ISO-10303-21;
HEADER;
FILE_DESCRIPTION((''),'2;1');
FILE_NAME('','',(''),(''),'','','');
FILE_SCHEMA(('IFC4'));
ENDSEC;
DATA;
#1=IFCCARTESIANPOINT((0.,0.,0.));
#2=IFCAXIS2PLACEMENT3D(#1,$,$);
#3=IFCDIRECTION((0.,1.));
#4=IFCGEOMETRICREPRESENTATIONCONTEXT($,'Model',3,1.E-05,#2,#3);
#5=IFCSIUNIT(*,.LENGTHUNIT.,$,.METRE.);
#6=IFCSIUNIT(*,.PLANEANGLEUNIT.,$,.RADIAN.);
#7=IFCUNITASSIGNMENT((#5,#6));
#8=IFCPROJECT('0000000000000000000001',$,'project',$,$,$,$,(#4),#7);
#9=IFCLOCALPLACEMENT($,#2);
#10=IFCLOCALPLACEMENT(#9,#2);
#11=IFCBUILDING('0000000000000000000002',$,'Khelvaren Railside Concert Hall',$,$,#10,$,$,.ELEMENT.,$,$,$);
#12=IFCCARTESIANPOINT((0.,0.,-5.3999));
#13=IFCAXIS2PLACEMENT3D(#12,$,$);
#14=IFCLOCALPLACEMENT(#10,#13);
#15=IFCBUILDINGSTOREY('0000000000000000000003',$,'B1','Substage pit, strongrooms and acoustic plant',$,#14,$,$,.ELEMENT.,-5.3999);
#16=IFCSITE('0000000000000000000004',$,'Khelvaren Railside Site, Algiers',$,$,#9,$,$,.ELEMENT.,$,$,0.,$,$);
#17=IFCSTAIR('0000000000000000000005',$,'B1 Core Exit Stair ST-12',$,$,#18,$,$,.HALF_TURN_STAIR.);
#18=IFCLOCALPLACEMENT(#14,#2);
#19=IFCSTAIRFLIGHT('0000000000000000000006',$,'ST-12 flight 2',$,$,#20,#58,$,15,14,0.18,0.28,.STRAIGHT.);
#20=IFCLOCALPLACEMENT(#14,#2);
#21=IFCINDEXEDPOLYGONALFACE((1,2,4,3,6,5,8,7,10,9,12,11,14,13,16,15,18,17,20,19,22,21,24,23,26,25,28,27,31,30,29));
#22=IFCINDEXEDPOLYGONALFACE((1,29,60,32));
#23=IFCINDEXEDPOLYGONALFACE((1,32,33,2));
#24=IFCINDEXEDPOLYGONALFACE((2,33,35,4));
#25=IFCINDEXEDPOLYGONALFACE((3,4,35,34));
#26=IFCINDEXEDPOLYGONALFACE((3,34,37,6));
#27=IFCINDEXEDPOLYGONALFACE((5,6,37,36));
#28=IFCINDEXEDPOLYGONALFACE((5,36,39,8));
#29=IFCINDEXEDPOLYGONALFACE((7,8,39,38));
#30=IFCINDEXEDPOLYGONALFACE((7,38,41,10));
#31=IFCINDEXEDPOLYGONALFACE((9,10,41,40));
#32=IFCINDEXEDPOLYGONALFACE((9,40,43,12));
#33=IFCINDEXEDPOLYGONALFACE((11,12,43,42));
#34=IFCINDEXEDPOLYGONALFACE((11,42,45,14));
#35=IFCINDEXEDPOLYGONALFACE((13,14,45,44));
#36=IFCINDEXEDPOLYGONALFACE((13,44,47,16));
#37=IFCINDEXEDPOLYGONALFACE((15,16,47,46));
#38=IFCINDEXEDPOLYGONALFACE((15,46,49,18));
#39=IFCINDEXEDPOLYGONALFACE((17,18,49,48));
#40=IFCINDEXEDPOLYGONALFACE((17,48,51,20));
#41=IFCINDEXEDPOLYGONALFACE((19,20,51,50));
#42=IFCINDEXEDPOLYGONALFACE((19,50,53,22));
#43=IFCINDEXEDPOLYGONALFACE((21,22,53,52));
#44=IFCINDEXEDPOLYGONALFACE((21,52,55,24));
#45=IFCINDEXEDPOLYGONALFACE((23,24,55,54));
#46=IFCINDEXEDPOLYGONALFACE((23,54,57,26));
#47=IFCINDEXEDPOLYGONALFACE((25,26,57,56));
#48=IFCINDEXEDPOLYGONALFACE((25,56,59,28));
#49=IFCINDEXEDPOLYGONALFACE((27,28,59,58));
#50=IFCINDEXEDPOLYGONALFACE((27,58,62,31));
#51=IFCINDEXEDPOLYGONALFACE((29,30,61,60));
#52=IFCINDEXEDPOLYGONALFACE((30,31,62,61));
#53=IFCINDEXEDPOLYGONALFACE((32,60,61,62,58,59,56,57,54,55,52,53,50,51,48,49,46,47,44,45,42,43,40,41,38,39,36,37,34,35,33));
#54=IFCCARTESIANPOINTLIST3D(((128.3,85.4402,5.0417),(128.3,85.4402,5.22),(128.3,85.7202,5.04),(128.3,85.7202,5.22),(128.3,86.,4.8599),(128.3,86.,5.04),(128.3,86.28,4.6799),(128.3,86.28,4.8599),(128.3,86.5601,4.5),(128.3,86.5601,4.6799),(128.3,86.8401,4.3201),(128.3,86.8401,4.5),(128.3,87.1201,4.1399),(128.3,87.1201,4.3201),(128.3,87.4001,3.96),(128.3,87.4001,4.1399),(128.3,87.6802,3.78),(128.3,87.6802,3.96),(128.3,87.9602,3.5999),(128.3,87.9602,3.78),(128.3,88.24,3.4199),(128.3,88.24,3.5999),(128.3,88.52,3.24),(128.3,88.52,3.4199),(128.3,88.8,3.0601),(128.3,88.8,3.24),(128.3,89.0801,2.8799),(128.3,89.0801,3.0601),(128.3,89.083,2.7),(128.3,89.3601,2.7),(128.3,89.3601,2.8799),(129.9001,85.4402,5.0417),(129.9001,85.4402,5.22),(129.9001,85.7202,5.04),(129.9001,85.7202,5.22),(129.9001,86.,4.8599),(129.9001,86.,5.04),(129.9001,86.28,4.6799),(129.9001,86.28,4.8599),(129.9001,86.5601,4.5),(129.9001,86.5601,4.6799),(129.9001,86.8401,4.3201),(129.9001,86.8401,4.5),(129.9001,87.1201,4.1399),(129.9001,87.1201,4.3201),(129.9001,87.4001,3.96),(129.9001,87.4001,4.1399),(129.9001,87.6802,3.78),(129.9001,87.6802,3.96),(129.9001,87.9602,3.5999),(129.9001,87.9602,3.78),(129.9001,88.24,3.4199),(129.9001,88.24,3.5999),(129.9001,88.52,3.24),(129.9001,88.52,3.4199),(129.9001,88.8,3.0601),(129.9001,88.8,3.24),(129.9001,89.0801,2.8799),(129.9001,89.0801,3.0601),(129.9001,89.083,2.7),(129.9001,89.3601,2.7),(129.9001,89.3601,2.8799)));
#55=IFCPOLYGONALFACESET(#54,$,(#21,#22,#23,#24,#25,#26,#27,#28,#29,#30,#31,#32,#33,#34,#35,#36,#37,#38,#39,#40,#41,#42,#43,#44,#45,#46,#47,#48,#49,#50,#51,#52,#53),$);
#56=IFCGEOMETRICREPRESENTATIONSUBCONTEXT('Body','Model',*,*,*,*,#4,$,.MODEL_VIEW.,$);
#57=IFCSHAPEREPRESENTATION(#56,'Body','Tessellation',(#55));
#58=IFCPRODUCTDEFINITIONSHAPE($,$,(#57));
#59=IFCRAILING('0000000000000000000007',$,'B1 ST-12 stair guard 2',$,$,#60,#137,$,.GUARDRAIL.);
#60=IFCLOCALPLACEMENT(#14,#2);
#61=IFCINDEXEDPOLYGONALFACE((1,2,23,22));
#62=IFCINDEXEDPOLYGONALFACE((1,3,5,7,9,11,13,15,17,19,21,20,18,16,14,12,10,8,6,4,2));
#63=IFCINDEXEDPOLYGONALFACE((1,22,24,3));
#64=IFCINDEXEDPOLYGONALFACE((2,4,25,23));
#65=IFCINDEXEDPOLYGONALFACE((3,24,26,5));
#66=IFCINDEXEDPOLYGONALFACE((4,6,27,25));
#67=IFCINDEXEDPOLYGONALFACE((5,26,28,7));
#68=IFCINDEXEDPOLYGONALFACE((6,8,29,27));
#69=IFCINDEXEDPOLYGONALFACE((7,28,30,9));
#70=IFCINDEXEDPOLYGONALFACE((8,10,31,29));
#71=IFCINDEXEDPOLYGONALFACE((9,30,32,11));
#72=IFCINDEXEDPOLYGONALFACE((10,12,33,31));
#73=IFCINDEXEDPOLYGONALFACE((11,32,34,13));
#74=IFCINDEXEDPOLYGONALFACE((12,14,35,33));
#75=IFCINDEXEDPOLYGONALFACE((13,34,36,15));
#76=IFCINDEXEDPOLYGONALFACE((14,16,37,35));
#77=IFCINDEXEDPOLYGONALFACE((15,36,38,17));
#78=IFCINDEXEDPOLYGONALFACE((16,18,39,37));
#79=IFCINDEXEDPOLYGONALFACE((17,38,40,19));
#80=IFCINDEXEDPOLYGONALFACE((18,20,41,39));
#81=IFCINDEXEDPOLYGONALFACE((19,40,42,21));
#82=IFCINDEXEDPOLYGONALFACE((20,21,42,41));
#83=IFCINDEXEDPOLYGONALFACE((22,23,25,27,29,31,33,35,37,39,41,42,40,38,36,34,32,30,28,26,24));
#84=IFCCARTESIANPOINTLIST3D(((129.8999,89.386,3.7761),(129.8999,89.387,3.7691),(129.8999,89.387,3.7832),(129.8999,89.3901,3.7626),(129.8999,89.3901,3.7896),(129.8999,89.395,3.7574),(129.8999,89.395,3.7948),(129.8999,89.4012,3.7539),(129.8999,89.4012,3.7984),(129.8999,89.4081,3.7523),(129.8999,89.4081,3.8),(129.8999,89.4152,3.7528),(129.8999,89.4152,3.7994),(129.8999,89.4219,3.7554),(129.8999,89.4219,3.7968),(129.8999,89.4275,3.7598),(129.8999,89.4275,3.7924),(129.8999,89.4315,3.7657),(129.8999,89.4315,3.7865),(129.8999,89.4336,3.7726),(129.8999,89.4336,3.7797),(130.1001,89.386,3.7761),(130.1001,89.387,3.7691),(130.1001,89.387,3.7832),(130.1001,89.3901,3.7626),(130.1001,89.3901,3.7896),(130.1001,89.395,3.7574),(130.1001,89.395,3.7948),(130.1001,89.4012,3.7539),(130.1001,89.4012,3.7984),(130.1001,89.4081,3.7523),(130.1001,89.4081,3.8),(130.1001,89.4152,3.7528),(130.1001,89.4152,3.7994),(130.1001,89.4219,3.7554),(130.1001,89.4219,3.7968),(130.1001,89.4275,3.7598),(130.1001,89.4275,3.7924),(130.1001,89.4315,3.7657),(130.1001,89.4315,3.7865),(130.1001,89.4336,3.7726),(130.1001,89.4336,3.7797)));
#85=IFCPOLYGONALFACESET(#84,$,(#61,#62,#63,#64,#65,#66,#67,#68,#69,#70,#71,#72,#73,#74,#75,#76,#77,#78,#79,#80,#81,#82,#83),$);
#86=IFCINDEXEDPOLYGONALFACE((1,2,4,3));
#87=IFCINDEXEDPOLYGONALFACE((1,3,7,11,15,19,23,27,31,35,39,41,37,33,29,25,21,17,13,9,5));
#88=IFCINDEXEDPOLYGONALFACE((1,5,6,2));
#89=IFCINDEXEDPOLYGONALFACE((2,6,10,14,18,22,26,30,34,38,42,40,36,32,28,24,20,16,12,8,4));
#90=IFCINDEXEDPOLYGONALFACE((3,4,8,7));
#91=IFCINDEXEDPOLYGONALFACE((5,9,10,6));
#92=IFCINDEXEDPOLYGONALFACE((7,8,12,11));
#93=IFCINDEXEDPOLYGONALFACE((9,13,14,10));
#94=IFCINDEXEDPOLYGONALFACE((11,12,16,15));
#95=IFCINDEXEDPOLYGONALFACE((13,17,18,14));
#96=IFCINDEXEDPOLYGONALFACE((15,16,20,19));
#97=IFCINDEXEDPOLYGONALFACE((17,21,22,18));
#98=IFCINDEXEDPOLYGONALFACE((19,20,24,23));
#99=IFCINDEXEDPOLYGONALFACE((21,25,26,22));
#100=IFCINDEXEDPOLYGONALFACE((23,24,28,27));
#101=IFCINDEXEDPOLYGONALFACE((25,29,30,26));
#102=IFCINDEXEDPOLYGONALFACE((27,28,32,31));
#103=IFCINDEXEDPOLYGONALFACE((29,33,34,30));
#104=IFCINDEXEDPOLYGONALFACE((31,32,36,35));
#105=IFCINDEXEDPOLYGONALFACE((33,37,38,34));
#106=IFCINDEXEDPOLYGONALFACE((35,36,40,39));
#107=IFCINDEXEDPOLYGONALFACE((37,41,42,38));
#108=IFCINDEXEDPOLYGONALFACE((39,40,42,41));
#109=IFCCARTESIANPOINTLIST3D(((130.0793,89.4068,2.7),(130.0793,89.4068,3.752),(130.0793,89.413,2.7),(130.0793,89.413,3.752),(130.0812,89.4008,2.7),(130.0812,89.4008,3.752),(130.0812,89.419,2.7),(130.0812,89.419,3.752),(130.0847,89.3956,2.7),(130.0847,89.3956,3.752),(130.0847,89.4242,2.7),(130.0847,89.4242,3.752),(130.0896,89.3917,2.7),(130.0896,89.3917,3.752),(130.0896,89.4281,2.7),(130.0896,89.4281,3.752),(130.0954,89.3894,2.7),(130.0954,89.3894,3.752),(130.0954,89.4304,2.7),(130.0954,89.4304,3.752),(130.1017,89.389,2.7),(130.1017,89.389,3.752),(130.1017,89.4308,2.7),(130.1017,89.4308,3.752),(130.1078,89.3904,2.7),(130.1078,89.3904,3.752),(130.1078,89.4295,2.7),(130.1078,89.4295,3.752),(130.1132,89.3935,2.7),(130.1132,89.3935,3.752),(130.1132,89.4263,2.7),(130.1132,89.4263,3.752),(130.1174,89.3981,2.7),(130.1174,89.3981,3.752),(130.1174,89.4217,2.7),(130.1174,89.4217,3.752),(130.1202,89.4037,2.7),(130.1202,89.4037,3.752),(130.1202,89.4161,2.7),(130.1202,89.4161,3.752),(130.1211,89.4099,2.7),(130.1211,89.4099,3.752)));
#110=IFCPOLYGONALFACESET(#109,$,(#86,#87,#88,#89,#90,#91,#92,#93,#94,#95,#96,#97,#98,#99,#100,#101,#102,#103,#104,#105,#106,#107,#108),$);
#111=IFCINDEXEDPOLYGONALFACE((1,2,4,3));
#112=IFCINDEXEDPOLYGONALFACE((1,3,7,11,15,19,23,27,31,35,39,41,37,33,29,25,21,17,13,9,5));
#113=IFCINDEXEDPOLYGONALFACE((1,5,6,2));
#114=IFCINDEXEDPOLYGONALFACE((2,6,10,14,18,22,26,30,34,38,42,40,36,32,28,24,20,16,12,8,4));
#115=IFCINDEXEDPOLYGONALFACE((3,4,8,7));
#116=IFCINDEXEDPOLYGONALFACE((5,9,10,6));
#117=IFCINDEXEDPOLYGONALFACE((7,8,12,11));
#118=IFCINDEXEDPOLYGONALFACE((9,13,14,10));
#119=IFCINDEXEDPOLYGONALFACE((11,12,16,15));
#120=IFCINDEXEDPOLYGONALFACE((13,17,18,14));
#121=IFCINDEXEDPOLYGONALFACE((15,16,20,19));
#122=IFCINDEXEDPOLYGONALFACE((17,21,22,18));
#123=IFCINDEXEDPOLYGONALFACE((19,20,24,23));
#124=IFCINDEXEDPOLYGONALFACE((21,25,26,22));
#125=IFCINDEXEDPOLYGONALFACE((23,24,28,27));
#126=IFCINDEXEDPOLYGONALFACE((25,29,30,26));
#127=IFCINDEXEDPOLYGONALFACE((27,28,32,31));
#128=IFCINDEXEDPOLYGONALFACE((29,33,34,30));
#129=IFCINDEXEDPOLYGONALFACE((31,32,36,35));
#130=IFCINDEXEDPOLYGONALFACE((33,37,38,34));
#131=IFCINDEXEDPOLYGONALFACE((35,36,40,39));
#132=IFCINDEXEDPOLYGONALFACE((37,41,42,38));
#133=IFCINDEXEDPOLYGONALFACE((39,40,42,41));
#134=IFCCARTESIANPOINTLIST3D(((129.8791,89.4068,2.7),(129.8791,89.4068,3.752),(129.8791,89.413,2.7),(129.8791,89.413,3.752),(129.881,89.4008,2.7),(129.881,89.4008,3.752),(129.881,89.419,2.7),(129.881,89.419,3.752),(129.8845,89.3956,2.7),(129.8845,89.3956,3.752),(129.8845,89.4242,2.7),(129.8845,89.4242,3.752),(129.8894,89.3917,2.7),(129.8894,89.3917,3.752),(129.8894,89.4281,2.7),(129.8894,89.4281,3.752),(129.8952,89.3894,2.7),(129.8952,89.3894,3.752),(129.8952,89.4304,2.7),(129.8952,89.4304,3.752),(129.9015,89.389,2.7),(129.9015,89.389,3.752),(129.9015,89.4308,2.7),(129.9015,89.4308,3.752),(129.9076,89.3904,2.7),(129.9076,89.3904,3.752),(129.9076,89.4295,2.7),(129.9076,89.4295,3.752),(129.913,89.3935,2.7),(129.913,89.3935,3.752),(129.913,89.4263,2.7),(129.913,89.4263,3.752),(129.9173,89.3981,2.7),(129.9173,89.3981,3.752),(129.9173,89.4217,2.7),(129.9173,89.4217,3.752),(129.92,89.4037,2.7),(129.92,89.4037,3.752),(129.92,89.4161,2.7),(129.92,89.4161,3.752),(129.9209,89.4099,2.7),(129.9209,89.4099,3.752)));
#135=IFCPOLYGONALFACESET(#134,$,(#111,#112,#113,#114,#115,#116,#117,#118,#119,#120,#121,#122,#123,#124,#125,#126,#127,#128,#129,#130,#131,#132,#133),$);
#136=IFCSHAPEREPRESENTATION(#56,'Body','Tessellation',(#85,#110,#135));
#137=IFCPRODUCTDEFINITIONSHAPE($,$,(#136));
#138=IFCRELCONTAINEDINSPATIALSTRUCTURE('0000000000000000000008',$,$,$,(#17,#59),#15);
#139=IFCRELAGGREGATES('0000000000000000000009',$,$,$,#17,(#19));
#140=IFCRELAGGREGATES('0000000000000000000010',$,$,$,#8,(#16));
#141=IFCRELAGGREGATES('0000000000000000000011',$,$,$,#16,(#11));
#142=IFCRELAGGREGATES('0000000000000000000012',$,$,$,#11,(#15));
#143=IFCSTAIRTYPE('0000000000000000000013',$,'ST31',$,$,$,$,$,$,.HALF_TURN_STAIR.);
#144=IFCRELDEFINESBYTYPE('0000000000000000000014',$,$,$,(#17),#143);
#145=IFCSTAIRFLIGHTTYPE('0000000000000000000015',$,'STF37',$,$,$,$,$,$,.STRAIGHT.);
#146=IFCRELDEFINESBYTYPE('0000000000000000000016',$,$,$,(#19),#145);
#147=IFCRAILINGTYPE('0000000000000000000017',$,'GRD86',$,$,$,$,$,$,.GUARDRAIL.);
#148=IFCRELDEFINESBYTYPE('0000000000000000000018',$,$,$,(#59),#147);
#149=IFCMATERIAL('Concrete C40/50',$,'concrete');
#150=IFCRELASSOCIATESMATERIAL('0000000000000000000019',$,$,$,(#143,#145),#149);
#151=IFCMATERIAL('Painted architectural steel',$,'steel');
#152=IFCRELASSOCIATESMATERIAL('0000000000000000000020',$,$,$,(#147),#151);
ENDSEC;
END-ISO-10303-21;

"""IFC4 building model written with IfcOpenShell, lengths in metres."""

from ifc_helpers import new_model, si_unit, direction, frame, origin, origin_2d, place, context, subcontext, project, spatial, polyline, circle, outline, extrude, material, type_object, element, aggregate, save


model = new_model("IFC4")

# Units and contexts
model_context = context("Model", 3, precision=1e-05, world=origin(), true_north=direction((0.0, 1.0)))
body_context = subcontext(model_context, "Body", "Model", "MODEL_VIEW")
ifc_project = project(units=[si_unit("LENGTHUNIT", "METRE"), si_unit("PLANEANGLEUNIT", "RADIAN")], contexts=[model_context])

# Site, building, storey
site_placement = place(None, origin())
site = spatial("IfcSite", under=ifc_project, at=site_placement, Name="Khelvaren Railside Site, Algiers", CompositionType="ELEMENT", RefElevation=0.0)
building_placement = place(site_placement, origin())
building = spatial("IfcBuilding", under=site, at=building_placement, Name="Khelvaren Railside Concert Hall", CompositionType="ELEMENT")
storey_placement = place(building_placement, frame((0.0, 0.0, -5.3999)))
storey = spatial("IfcBuildingStorey", under=building, at=storey_placement, Name="B1", Description="Substage pit, strongrooms and acoustic plant", CompositionType="ELEMENT", Elevation=-5.3999)

# Shared definitions
ifc_material_1 = material(Name="Concrete C40/50", Category="concrete")

# Stair, stair flight
stair_type = type_object("IfcStairType", Name="ST31", PredefinedType="HALF_TURN_STAIR", material=ifc_material_1)
stair_placement = place(storey_placement, origin())
stair = element("IfcStair", 1, at=stair_placement, inside=storey, type_object=stair_type, Name="B1 Core Exit Stair ST-12", PredefinedType="HALF_TURN_STAIR")
stair_flight_type = type_object("IfcStairFlightType", Name="STF37", PredefinedType="STRAIGHT", material=ifc_material_1)
stair_flight_placement = place(storey_placement, frame((129.1001, 89.3601, 2.7), z_axis=(0.0, 0.0, 1.0), x_axis=(0.0, -1.0, 0.0)))
stair_flight = element("IfcStairFlight", 2, at=stair_flight_placement, type_object=stair_flight_type, Name="ST-12 flight 2", NumberOfRisers=15, NumberOfTreads=14, PredefinedType="STRAIGHT", RiserHeight=0.18, TreadLength=0.28, context=body_context, shape_type="SweptSolid", body=[
    extrude(outline(polyline([(0.0, 0.0), (0.0, 0.1799), (0.28, 0.1799), (0.28, 0.3601), (0.5601, 0.3601), (0.5601, 0.54), (0.8401, 0.54), (0.8401, 0.72), (1.1201, 0.72), (1.1201, 0.8999), (1.3999, 0.8999), (1.3999, 1.0801), (1.6799, 1.0801), (1.6799, 1.26), (1.96, 1.26), (1.96, 1.4399), (2.24, 1.4399), (2.24, 1.6201), (2.52, 1.6201), (2.52, 1.8), (2.8, 1.8), (2.8, 1.98), (3.0801, 1.98), (3.0801, 2.1599), (3.3601, 2.1599), (3.3601, 2.3401), (3.6399, 2.3401), (3.6399, 2.52), (3.9199, 2.52), (3.9199, 2.7), (3.9199, 2.3418), (0.2771, 0.0), (0.0, 0.0)])), frame((0.0, 0.8, 0.0), z_axis=(0.0, -1.0, 0.0), x_axis=(1.0, 0.0, 0.0)), (0.0, 0.0, 1.0), 1.6001),
])
aggregate(stair, [stair_flight])

# Railing
ifc_material_2 = material(Name="Painted architectural steel", Category="steel")
railing_type_1 = type_object("IfcRailingType", Name="GRD86", PredefinedType="GUARDRAIL", material=ifc_material_2)
railing_1_placement = place(storey_placement, frame((130.1001, 89.4099, 2.7)))
element("IfcRailing", 3, at=railing_1_placement, inside=storey, type_object=railing_type_1, Name="B1 ST-12 stair guard 2", PredefinedType="GUARDRAIL", context=body_context, shape_type="SweptSolid", body=[
    extrude(circle(Radius=0.0239, at=origin_2d()), frame((0.0, 0.0, 1.0762), z_axis=(-1.0, 0.0, 0.0), x_axis=(0.0, -1.0, 0.0)), (0.0, 0.0, 1.0), 0.2002),
    extrude(circle(Radius=0.021, at=origin_2d()), origin(), (0.0, 0.0, 1.0), 1.052),
    extrude(circle(Radius=0.021, at=origin_2d()), frame((-0.2002, 0.0, 0.0)), (0.0, 0.0, 1.0), 1.052),
])

save(model, "model.ifc")
